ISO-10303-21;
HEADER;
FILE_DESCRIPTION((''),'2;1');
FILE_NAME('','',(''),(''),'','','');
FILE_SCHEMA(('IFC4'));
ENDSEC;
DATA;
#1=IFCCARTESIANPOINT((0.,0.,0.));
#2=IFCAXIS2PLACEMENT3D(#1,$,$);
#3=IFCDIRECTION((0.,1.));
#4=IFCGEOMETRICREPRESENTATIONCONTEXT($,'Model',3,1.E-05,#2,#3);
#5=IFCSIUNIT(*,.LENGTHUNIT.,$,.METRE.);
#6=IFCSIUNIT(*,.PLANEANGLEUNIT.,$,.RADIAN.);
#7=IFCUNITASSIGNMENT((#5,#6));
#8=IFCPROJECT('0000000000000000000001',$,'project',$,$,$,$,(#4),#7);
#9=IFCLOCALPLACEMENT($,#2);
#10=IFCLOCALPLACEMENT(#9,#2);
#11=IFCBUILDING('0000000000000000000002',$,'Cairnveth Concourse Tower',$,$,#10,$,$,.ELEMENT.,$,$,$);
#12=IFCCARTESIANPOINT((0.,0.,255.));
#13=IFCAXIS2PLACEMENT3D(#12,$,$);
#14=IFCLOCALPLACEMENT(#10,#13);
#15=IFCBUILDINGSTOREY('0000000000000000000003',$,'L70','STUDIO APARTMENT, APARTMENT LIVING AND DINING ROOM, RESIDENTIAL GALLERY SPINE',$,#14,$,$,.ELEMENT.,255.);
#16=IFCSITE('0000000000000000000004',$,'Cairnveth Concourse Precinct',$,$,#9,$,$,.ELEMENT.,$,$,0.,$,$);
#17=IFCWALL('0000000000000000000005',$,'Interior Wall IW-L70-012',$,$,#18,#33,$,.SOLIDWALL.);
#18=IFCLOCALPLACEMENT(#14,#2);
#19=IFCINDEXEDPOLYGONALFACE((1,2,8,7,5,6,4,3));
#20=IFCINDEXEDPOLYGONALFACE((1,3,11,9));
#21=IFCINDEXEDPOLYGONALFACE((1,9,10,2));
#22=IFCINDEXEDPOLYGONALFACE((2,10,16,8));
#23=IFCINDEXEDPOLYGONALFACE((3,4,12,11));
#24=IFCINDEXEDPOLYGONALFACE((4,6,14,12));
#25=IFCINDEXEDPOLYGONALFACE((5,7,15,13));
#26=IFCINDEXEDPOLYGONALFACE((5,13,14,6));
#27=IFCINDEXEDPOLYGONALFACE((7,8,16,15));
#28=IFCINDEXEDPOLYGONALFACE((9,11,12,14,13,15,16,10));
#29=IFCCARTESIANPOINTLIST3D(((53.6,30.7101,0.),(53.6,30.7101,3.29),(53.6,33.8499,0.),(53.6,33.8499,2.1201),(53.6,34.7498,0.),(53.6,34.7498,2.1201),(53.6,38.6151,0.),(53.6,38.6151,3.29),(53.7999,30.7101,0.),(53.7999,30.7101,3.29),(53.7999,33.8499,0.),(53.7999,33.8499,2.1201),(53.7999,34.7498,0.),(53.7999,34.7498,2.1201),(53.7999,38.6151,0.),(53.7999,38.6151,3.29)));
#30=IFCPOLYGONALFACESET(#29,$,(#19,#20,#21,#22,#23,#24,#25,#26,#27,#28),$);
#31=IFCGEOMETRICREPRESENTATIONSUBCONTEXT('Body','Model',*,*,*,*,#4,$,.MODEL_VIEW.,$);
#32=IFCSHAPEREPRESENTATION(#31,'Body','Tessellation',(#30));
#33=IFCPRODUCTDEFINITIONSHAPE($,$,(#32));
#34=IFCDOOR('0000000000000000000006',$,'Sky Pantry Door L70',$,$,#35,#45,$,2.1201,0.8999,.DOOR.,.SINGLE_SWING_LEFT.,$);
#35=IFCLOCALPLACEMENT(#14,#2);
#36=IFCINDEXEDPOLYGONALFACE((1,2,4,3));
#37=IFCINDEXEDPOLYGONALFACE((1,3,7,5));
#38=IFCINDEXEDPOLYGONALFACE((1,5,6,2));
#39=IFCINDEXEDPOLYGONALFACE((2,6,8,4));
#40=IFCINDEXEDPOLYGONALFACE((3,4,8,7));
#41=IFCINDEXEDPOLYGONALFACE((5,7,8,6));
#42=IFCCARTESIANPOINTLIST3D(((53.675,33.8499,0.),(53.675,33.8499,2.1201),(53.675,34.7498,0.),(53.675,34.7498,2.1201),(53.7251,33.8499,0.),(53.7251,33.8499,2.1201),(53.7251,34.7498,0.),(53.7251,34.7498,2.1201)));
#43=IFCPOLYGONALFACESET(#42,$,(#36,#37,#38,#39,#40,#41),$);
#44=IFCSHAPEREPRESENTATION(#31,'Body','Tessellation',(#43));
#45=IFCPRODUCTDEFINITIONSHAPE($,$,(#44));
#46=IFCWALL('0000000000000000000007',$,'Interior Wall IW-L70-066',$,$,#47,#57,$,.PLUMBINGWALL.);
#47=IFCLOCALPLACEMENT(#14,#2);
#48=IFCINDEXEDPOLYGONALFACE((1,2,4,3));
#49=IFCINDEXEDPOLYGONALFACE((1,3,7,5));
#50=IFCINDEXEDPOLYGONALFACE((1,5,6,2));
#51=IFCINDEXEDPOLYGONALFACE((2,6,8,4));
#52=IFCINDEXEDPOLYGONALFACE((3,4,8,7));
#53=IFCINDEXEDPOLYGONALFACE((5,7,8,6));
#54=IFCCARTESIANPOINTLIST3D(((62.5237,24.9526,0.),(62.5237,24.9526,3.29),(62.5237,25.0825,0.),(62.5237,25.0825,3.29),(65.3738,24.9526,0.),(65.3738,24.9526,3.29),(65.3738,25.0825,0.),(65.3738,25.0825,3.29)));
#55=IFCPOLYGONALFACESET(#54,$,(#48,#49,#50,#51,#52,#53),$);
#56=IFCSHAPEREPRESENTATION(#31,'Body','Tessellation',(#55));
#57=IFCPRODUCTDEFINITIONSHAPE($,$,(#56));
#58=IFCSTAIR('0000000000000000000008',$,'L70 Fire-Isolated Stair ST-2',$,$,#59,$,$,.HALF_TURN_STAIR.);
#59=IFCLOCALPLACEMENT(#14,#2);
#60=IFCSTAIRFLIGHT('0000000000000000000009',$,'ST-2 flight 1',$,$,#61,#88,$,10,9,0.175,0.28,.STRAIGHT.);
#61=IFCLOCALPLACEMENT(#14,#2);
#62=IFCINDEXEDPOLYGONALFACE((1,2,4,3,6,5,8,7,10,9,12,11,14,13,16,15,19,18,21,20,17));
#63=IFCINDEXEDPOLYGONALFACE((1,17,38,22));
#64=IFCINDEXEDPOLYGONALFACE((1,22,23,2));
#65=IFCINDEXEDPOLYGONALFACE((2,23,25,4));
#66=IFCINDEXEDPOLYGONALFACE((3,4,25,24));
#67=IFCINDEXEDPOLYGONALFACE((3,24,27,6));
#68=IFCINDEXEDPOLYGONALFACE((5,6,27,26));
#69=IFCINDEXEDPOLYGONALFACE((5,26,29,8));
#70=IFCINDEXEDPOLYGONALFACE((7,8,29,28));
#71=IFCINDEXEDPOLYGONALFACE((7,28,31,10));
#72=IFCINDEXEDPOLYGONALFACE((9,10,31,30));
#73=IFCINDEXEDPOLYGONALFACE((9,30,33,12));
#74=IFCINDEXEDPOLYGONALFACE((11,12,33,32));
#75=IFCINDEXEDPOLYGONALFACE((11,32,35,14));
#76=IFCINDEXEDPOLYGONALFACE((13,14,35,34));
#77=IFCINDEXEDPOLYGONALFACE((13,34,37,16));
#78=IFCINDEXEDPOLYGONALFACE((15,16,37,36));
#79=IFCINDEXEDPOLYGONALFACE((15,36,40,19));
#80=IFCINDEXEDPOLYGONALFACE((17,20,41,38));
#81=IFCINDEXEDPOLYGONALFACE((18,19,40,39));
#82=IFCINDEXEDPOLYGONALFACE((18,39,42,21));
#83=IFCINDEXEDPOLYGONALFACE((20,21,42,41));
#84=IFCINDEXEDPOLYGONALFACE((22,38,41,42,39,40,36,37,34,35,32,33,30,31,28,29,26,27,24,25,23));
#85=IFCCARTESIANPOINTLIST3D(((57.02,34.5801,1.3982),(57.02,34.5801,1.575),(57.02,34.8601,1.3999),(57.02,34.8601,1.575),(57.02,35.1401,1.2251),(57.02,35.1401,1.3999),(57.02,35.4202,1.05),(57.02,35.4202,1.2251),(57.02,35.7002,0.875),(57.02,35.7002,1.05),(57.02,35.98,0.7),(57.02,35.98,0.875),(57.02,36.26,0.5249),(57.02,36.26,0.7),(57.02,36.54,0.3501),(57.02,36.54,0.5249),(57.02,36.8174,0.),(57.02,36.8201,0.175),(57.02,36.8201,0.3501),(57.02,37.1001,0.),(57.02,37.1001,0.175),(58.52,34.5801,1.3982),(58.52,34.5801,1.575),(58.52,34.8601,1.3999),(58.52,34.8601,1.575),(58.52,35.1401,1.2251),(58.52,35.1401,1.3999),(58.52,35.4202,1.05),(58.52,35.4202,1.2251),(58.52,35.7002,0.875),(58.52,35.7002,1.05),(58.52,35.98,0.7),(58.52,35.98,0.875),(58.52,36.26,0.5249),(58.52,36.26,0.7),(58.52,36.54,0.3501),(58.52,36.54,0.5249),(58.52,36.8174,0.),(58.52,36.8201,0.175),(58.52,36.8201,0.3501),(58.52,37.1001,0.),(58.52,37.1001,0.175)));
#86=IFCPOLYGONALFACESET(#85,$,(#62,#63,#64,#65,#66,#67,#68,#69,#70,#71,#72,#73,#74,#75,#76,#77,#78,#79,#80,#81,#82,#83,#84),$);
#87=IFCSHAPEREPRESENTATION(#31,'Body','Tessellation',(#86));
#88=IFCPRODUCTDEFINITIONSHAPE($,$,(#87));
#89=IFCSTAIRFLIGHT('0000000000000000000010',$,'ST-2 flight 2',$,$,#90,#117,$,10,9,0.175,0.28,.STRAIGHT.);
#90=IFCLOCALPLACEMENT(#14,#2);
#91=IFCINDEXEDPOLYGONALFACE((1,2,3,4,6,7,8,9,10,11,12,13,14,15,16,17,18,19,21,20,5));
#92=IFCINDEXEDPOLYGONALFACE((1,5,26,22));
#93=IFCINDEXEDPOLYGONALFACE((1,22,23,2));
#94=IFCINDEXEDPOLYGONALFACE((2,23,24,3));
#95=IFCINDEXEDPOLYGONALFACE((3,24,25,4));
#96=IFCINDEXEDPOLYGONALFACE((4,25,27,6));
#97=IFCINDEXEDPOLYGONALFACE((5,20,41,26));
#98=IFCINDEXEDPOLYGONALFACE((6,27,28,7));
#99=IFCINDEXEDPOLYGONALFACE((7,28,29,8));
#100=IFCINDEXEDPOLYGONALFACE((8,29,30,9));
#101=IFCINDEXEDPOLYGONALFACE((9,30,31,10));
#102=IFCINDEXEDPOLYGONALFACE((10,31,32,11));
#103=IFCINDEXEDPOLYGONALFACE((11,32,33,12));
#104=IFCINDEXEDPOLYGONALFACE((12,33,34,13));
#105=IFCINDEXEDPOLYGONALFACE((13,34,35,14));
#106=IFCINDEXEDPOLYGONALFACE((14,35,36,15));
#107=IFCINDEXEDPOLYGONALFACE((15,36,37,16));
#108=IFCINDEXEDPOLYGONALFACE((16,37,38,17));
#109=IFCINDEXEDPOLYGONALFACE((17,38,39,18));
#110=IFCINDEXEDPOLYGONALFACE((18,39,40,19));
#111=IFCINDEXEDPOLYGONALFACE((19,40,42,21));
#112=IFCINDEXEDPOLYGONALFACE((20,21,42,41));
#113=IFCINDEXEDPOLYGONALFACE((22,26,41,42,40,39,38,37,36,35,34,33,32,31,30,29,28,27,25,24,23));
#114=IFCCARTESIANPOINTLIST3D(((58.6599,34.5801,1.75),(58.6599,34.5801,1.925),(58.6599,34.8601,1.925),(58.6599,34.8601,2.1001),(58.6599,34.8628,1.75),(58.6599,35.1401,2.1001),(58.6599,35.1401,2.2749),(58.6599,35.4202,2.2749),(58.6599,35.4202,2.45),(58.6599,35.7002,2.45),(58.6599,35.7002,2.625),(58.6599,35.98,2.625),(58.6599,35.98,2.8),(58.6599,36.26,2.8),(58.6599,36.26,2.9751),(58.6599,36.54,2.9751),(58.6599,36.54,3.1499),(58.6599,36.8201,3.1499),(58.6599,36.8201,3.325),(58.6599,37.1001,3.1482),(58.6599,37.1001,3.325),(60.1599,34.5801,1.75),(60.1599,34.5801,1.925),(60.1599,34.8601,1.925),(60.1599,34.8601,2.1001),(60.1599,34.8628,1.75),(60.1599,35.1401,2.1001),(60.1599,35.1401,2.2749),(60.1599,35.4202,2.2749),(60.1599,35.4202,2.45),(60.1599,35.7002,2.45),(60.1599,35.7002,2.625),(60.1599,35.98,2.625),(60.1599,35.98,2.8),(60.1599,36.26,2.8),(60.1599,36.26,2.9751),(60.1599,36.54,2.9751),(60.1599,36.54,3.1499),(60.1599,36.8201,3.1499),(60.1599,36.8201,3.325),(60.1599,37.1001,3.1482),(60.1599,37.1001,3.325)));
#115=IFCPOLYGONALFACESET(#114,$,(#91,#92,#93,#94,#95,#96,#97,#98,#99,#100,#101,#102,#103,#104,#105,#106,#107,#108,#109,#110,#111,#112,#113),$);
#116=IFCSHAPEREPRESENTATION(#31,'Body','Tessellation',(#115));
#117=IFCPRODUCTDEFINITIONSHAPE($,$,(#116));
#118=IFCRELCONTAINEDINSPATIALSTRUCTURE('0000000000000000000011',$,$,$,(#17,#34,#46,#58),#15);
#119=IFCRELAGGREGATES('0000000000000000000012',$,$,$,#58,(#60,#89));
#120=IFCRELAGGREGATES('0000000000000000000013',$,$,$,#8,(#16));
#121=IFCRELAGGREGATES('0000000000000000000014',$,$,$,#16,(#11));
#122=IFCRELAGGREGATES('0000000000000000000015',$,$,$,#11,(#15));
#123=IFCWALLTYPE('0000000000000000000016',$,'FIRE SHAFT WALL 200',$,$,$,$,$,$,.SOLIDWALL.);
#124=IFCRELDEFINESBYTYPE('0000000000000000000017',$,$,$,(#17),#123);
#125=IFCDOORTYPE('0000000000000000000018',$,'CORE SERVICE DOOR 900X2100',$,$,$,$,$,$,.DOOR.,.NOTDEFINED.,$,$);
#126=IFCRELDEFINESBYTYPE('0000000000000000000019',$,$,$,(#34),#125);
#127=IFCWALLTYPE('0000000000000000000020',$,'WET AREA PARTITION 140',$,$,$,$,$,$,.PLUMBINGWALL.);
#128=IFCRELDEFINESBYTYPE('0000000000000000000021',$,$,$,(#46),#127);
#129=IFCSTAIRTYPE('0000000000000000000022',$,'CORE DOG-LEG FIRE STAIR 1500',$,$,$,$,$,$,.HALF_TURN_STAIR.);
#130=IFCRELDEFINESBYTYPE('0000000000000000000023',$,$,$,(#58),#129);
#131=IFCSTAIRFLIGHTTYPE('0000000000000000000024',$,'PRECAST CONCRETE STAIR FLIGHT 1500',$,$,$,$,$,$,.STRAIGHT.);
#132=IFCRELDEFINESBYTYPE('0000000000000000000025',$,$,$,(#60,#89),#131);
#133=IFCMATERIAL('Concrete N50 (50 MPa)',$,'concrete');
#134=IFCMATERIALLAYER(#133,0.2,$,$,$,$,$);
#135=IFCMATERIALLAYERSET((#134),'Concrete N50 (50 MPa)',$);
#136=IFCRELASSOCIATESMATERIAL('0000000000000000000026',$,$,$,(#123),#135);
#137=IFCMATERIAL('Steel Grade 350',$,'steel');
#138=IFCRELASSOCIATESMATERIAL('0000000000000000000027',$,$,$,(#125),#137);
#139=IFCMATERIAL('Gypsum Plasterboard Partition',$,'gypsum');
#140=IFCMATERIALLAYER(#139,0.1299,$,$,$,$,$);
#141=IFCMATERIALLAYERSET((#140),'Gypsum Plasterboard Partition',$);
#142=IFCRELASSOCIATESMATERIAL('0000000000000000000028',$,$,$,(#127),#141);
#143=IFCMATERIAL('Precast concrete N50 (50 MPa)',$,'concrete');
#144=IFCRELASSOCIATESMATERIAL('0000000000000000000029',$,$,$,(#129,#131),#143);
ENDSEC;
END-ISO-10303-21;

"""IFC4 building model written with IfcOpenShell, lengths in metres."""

from ifc_helpers import new_model, si_unit, direction, frame, frame_2d, origin, place, context, subcontext, project, spatial, polyline, rectangle, outline, extrude, material, layer, layer_set, type_object, element, fill, aggregate, save


model = new_model("IFC4")

# Units and contexts
model_context = context("Model", 3, precision=1e-05, world=origin(), true_north=direction((0.0, 1.0)))
body_context = subcontext(model_context, "Body", "Model", "MODEL_VIEW")
ifc_project = project(units=[si_unit("LENGTHUNIT", "METRE"), si_unit("PLANEANGLEUNIT", "RADIAN")], contexts=[model_context])

# Site, building, storey
site_placement = place(None, origin())
site = spatial("IfcSite", under=ifc_project, at=site_placement, Name="Cairnveth Concourse Precinct", CompositionType="ELEMENT", RefElevation=0.0)
building_placement = place(site_placement, origin())
building = spatial("IfcBuilding", under=site, at=building_placement, Name="Cairnveth Concourse Tower", CompositionType="ELEMENT")
storey_placement = place(building_placement, frame((0.0, 0.0, 255.0)))
storey = spatial("IfcBuildingStorey", under=building, at=storey_placement, Name="L70", Description="STUDIO APARTMENT, APARTMENT LIVING AND DINING ROOM, RESIDENTIAL GALLERY SPINE", CompositionType="ELEMENT", Elevation=255.0)

# Shared definitions
ifc_material_1 = material(Name="Steel Grade 350", Category="steel")

# Shared definitions
ifc_material_2 = material(Name="Gypsum Plasterboard Partition", Category="gypsum")

# Shared definitions
ifc_material_3 = material(Name="Concrete N50 (50 MPa)", Category="concrete")

# Shared definitions
ifc_layer_1 = layer(ifc_material_3, 0.2)
ifc_layer_set_1 = layer_set([ifc_layer_1], Name="Concrete N50 (50 MPa)")
wall_type_1 = type_object("IfcWallType", Name="FIRE SHAFT WALL 200", PredefinedType="SOLIDWALL", material=ifc_layer_set_1)

# Wall, opening, door
wall_1_placement = place(storey_placement, frame((53.7, 30.71, 0.0), z_axis=(0.0, 0.0, 1.0), x_axis=(0.0, 1.0, 0.0)))
wall_1 = element("IfcWall", 1, at=wall_1_placement, inside=storey, type_object=wall_type_1, Name="Interior Wall IW-L70-012", PredefinedType="SOLIDWALL", context=body_context, shape_type="SweptSolid", body=[
    extrude(rectangle(XDim=7.905, YDim=0.2, at=frame_2d((3.9526, 0.0))), origin(), (0.0, 0.0, 1.0), 3.29),
])
opening_1_placement = place(wall_1_placement, frame((3.1399, 0.0, 0.0)))
opening_1 = element("IfcOpeningElement", 2, at=opening_1_placement, cuts=wall_1, PredefinedType="OPENING", context=body_context, shape_type="SweptSolid", body=[
    extrude(rectangle(XDim=0.8999, YDim=2.1201, at=frame_2d((0.45, 1.0601))), frame((0.0, 0.1099, 0.0), z_axis=(0.0, -1.0, 0.0), x_axis=(1.0, 0.0, 0.0)), (0.0, 0.0, 1.0), 0.22),
])
door_type_1 = type_object("IfcDoorType", Name="CORE SERVICE DOOR 900X2100", OperationType="NOTDEFINED", PredefinedType="DOOR", material=ifc_material_1)
door_1_placement = place(opening_1_placement, origin())
door_1 = element("IfcDoor", 3, at=door_1_placement, inside=storey, type_object=door_type_1, Name="Sky Pantry Door L70", OperationType="SINGLE_SWING_LEFT", OverallHeight=2.1201, OverallWidth=0.8999, PredefinedType="DOOR", context=body_context, shape_type="SweptSolid", body=[
    extrude(rectangle(XDim=0.8999, YDim=2.1201, at=frame_2d((0.45, 1.0601))), frame((0.0, 0.0249, 0.0), z_axis=(0.0, -1.0, 0.0), x_axis=(1.0, 0.0, 0.0)), (0.0, 0.0, 1.0), 0.05),
])
fill(opening_1, door_1)

# Wall
ifc_layer_2 = layer(ifc_material_2, 0.1299)
ifc_layer_set_2 = layer_set([ifc_layer_2], Name="Gypsum Plasterboard Partition")
wall_type_2 = type_object("IfcWallType", Name="WET AREA PARTITION 140", PredefinedType="PLUMBINGWALL", material=ifc_layer_set_2)
wall_2_placement = place(storey_placement, frame((62.5237, 25.0176, 0.0), z_axis=(0.0, 0.0, 1.0), x_axis=(1.0, 0.0, 0.0)))
element("IfcWall", 4, at=wall_2_placement, inside=storey, type_object=wall_type_2, Name="Interior Wall IW-L70-066", PredefinedType="PLUMBINGWALL", context=body_context, shape_type="SweptSolid", body=[
    extrude(rectangle(XDim=2.8501, YDim=0.1299, at=frame_2d((1.425, 0.0))), origin(), (0.0, 0.0, 1.0), 3.29),
])

# Stair, stair flights
ifc_material_4 = material(Name="Precast concrete N50 (50 MPa)", Category="concrete")
stair_type = type_object("IfcStairType", Name="CORE DOG-LEG FIRE STAIR 1500", PredefinedType="HALF_TURN_STAIR", material=ifc_material_4)
stair_placement = place(storey_placement, origin())
stair = element("IfcStair", 5, at=stair_placement, inside=storey, type_object=stair_type, Name="L70 Fire-Isolated Stair ST-2", PredefinedType="HALF_TURN_STAIR")
stair_flight_type = type_object("IfcStairFlightType", Name="PRECAST CONCRETE STAIR FLIGHT 1500", PredefinedType="STRAIGHT", material=ifc_material_4)
stair_flight_1_placement = place(storey_placement, frame((57.77, 37.1001, 0.0), z_axis=(0.0, 0.0, 1.0), x_axis=(0.0, -1.0, 0.0)))
stair_flight_1 = element("IfcStairFlight", 6, at=stair_flight_1_placement, type_object=stair_flight_type, Name="ST-2 flight 1", NumberOfRisers=10, NumberOfTreads=9, PredefinedType="STRAIGHT", RiserHeight=0.175, TreadLength=0.28, context=body_context, shape_type="SweptSolid", body=[
    extrude(outline(polyline([(0.0, 0.0), (0.0, 0.175), (0.28, 0.175), (0.28, 0.3501), (0.5601, 0.3501), (0.5601, 0.5249), (0.8401, 0.5249), (0.8401, 0.7), (1.1201, 0.7), (1.1201, 0.875), (1.3999, 0.875), (1.3999, 1.05), (1.6799, 1.05), (1.6799, 1.2251), (1.96, 1.2251), (1.96, 1.3999), (2.24, 1.3999), (2.24, 1.575), (2.52, 1.575), (2.52, 1.75), (2.52, 1.3982), (0.2827, 0.0), (0.0, 0.0)])), frame((0.0, 0.75, 0.0), z_axis=(0.0, -1.0, 0.0), x_axis=(1.0, 0.0, 0.0)), (0.0, 0.0, 1.0), 1.5),
])
stair_flight_2_placement = place(storey_placement, frame((59.4099, 34.5801, 1.75), z_axis=(0.0, 0.0, 1.0), x_axis=(0.0, 1.0, 0.0)))
stair_flight_2 = element("IfcStairFlight", 7, at=stair_flight_2_placement, type_object=stair_flight_type, Name="ST-2 flight 2", NumberOfRisers=10, NumberOfTreads=9, PredefinedType="STRAIGHT", RiserHeight=0.175, TreadLength=0.28, context=body_context, shape_type="SweptSolid", body=[
    extrude(outline(polyline([(0.0, 0.0), (0.0, 0.175), (0.28, 0.175), (0.28, 0.3501), (0.5601, 0.3501), (0.5601, 0.5249), (0.8401, 0.5249), (0.8401, 0.7), (1.1201, 0.7), (1.1201, 0.875), (1.3999, 0.875), (1.3999, 1.05), (1.6799, 1.05), (1.6799, 1.2251), (1.96, 1.2251), (1.96, 1.3999), (2.24, 1.3999), (2.24, 1.575), (2.52, 1.575), (2.52, 1.75), (2.52, 1.3982), (0.2827, 0.0), (0.0, 0.0)])), frame((0.0, 0.75, 0.0), z_axis=(0.0, -1.0, 0.0), x_axis=(1.0, 0.0, 0.0)), (0.0, 0.0, 1.0), 1.5),
])
aggregate(stair, [stair_flight_1, stair_flight_2])

save(model, "model.ifc")
